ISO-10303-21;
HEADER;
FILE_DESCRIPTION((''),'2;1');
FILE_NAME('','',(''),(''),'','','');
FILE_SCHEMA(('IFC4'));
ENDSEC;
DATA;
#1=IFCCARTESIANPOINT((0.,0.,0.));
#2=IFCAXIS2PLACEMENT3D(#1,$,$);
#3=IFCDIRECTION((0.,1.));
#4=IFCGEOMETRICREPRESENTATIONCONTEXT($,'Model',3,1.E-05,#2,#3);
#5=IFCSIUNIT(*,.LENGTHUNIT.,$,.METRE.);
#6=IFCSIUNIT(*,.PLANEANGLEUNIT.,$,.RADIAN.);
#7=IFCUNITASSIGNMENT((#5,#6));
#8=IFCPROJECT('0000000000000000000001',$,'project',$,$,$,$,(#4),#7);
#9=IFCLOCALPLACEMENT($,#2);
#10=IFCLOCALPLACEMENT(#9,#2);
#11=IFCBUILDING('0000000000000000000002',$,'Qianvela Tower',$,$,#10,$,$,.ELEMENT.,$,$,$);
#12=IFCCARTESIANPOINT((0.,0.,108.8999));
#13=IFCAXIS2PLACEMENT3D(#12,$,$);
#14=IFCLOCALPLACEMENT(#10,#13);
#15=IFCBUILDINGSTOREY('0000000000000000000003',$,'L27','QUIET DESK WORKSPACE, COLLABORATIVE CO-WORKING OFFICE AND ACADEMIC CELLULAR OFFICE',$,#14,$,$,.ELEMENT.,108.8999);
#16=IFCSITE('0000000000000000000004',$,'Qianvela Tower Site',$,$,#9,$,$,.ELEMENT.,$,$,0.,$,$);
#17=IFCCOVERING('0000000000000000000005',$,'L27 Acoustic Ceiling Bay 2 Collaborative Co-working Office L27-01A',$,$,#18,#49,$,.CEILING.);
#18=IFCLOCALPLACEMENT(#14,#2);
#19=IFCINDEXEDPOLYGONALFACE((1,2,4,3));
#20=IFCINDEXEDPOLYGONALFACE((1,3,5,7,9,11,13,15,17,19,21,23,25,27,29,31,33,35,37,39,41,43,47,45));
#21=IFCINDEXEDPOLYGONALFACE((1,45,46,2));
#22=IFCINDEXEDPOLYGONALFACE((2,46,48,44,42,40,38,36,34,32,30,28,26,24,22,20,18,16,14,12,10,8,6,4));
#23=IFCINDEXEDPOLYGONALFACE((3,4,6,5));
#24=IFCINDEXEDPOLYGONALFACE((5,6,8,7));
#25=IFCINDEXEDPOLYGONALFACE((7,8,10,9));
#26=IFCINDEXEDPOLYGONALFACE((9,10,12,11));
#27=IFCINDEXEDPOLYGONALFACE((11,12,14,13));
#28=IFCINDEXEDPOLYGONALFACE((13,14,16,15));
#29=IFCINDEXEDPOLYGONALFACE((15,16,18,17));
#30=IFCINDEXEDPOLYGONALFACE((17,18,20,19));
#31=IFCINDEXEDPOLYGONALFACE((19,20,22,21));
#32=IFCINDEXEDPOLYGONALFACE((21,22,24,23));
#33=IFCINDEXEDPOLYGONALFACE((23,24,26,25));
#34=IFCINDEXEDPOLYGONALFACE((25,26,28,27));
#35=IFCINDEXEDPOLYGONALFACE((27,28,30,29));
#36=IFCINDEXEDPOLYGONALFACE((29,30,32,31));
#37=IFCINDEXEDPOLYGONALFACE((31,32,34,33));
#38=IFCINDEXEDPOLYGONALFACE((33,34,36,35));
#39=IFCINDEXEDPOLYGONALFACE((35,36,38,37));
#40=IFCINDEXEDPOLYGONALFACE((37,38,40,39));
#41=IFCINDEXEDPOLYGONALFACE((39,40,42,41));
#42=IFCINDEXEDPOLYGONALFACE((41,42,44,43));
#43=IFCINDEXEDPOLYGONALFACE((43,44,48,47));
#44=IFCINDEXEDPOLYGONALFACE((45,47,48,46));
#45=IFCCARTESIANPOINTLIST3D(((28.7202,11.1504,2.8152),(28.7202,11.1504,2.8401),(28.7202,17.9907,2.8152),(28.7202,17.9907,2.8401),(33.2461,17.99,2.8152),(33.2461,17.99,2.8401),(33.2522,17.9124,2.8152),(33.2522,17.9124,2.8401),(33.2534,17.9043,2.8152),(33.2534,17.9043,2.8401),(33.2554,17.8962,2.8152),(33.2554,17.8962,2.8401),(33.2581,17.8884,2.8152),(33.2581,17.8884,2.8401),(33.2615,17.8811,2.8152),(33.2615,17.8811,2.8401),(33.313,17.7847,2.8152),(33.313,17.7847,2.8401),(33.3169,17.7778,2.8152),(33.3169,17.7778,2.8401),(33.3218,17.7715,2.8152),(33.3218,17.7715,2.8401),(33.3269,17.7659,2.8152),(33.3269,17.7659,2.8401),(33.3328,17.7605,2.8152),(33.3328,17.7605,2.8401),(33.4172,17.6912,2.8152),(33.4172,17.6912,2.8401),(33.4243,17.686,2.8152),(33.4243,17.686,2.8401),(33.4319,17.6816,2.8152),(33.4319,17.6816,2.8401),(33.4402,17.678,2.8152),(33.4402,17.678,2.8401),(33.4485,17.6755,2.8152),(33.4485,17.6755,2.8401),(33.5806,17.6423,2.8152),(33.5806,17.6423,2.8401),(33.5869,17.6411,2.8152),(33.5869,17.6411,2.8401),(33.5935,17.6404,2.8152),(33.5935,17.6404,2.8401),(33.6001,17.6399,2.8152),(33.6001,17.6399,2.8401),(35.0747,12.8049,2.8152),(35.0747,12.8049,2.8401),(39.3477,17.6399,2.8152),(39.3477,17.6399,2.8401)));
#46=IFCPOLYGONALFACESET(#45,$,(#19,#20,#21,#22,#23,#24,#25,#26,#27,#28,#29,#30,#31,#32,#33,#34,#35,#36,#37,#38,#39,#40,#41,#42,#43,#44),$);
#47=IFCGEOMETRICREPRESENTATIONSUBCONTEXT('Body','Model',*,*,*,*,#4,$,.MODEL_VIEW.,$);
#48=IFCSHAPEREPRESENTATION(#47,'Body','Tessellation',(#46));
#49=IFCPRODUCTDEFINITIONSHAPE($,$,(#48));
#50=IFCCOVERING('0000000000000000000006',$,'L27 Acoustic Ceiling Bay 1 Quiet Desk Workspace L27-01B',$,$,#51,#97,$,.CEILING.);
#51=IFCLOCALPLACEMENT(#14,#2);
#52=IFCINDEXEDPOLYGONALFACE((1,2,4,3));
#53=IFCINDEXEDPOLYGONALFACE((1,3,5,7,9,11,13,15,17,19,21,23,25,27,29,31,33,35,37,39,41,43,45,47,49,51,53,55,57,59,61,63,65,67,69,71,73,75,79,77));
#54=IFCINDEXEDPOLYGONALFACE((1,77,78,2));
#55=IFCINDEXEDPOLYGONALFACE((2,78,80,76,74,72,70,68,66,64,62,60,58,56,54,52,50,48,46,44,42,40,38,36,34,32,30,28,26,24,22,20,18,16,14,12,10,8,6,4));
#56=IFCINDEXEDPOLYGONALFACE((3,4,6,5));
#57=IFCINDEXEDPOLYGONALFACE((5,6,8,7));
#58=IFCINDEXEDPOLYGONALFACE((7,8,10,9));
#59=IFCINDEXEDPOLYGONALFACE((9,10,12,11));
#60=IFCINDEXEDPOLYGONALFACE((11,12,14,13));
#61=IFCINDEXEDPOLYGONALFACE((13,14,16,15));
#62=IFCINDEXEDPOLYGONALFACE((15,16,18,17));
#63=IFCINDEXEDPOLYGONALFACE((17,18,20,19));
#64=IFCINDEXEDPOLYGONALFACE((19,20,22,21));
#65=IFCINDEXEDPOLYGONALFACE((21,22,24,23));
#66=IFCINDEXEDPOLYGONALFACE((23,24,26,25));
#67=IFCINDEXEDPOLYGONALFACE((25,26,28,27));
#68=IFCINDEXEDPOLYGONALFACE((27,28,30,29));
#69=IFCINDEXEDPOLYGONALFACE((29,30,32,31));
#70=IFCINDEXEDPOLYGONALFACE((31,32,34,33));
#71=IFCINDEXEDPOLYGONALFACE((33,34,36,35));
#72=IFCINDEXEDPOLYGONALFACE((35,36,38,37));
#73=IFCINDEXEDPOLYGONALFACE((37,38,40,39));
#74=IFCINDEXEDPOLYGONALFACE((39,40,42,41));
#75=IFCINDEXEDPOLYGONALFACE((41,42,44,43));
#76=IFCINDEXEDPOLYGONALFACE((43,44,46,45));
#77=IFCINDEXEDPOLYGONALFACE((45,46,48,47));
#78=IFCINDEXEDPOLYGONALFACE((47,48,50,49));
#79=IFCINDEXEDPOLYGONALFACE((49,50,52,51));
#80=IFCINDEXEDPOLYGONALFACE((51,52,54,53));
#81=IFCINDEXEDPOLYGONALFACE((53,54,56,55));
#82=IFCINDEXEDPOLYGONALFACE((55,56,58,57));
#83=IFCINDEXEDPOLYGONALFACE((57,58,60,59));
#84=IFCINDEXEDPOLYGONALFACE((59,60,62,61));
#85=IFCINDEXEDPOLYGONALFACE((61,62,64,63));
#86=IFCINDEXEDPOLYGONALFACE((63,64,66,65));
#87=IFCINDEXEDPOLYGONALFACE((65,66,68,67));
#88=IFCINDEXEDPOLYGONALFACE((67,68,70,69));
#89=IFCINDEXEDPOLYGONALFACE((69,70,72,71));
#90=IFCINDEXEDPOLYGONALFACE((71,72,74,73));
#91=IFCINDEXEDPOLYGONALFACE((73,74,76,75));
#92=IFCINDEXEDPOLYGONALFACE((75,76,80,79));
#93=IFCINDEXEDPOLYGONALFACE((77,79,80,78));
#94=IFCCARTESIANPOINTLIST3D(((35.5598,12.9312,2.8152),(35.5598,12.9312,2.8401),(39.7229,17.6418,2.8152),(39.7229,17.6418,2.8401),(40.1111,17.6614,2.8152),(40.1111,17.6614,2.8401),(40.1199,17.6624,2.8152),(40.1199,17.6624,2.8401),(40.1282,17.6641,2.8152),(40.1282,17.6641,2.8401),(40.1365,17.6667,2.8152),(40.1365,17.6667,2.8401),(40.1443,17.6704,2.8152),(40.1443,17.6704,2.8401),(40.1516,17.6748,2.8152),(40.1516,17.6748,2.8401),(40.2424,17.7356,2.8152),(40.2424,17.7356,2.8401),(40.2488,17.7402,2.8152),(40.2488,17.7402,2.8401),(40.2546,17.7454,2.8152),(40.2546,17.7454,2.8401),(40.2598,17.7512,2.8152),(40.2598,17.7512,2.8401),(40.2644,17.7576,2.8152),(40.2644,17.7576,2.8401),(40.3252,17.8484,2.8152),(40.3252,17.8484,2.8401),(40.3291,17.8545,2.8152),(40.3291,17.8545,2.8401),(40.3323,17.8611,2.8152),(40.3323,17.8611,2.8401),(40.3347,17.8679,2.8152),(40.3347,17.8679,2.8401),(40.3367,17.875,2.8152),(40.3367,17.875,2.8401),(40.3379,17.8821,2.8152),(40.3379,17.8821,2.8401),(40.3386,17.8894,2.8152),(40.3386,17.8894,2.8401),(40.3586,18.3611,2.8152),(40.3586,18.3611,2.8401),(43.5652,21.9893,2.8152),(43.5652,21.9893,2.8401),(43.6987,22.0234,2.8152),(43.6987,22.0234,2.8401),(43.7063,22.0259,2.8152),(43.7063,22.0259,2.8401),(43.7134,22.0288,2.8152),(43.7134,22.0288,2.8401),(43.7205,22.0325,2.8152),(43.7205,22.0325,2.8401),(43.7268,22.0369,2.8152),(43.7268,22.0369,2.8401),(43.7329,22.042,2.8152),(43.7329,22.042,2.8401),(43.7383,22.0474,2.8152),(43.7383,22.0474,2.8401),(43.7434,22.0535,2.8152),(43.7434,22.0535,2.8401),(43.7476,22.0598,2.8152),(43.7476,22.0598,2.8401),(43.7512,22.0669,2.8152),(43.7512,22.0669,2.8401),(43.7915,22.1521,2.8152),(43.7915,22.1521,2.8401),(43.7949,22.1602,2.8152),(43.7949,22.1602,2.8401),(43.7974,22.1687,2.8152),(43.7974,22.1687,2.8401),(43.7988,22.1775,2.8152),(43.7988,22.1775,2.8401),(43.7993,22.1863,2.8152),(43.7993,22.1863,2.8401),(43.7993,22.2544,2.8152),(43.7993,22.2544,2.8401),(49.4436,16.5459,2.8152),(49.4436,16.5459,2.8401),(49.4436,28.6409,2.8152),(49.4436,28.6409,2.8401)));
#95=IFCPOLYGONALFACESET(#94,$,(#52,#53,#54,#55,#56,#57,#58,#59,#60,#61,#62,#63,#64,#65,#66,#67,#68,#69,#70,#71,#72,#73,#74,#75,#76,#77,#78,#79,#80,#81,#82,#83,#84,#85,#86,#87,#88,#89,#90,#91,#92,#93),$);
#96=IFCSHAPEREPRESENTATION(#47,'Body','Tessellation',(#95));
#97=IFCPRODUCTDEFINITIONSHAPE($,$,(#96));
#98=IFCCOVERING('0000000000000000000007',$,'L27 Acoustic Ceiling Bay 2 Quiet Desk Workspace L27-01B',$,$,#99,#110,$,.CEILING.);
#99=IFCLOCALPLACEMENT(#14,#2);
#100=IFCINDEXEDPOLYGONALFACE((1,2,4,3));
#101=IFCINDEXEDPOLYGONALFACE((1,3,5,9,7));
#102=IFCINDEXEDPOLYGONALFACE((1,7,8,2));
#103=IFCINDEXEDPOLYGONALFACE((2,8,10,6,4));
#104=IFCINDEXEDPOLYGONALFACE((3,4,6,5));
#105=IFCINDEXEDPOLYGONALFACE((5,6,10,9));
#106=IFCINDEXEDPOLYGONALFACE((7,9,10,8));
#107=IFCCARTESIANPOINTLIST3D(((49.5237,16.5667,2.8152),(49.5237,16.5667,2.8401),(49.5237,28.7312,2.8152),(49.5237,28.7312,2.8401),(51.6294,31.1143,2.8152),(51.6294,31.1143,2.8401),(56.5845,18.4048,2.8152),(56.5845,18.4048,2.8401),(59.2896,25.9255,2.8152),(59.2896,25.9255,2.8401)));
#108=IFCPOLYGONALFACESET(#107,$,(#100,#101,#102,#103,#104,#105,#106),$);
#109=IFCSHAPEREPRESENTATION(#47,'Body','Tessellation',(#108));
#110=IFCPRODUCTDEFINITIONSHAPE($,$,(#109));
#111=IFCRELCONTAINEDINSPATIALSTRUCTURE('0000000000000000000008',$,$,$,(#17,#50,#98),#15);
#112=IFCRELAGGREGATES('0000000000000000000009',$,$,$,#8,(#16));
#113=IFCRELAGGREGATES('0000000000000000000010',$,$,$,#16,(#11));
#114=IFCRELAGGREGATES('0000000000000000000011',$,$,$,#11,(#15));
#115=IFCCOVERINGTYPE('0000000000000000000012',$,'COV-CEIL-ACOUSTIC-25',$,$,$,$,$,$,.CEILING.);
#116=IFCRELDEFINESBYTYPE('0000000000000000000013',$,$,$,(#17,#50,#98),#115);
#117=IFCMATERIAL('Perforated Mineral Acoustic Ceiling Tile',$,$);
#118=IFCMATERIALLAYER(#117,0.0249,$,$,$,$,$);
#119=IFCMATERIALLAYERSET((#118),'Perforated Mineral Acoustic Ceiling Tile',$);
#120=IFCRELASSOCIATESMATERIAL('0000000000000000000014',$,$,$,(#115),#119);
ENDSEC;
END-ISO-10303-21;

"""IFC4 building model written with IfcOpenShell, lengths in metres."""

from ifc_helpers import new_model, si_unit, direction, frame, origin, place, context, subcontext, project, spatial, polyline, outline, extrude, material, layer, layer_set, type_object, element, save


model = new_model("IFC4")

# Units and contexts
model_context = context("Model", 3, precision=1e-05, world=origin(), true_north=direction((0.0, 1.0)))
body_context = subcontext(model_context, "Body", "Model", "MODEL_VIEW")
ifc_project = project(units=[si_unit("LENGTHUNIT", "METRE"), si_unit("PLANEANGLEUNIT", "RADIAN")], contexts=[model_context])

# Site, building, storey
site_placement = place(None, origin())
site = spatial("IfcSite", under=ifc_project, at=site_placement, Name="Qianvela Tower Site", CompositionType="ELEMENT", RefElevation=0.0)
building_placement = place(site_placement, origin())
building = spatial("IfcBuilding", under=site, at=building_placement, Name="Qianvela Tower", CompositionType="ELEMENT")
storey_placement = place(building_placement, frame((0.0, 0.0, 108.8999)))
storey = spatial("IfcBuildingStorey", under=building, at=storey_placement, Name="L27", Description="QUIET DESK WORKSPACE, COLLABORATIVE CO-WORKING OFFICE AND ACADEMIC CELLULAR OFFICE", CompositionType="ELEMENT", Elevation=108.8999)

# Coverings
ifc_material_1 = material(Name="Perforated Mineral Acoustic Ceiling Tile")
ifc_layer_1 = layer(ifc_material_1, 0.0249)
ifc_layer_set_1 = layer_set([ifc_layer_1], Name="Perforated Mineral Acoustic Ceiling Tile")
covering_type_1 = type_object("IfcCoveringType", Name="COV-CEIL-ACOUSTIC-25", PredefinedType="CEILING", material=ifc_layer_set_1)
covering_1_placement = place(storey_placement, frame((0.0, 0.0, 2.8152)))
element("IfcCovering", 1, at=covering_1_placement, inside=storey, type_object=covering_type_1, Name="L27 Acoustic Ceiling Bay 2 Collaborative Co-working Office L27-01A", PredefinedType="CEILING", context=body_context, shape_type="SweptSolid", body=[
    extrude(outline(polyline([(33.2461, 17.99), (33.2522, 17.9124), (33.2534, 17.9043), (33.2554, 17.8962), (33.2581, 17.8884), (33.2615, 17.8811), (33.313, 17.7847), (33.3169, 17.7778), (33.3218, 17.7715), (33.3269, 17.7659), (33.3328, 17.7605), (33.4172, 17.6912), (33.4243, 17.686), (33.4319, 17.6816), (33.4402, 17.678), (33.4485, 17.6755), (33.5806, 17.6423), (33.5869, 17.6411), (33.5935, 17.6404), (33.6001, 17.6399), (39.3477, 17.6399), (35.0747, 12.8049), (28.7202, 11.1504), (28.7202, 17.9907), (33.2461, 17.99)])), origin(), (0.0, 0.0, 1.0), 0.0249),
])
covering_2_placement = place(storey_placement, frame((0.0, 0.0, 2.8152)))
element("IfcCovering", 2, at=covering_2_placement, inside=storey, type_object=covering_type_1, Name="L27 Acoustic Ceiling Bay 1 Quiet Desk Workspace L27-01B", PredefinedType="CEILING", context=body_context, shape_type="SweptSolid", body=[
    extrude(outline(polyline([(40.1199, 17.6624), (40.1282, 17.6641), (40.1365, 17.6667), (40.1443, 17.6704), (40.1516, 17.6748), (40.2424, 17.7356), (40.2488, 17.7402), (40.2546, 17.7454), (40.2598, 17.7512), (40.2644, 17.7576), (40.3252, 17.8484), (40.3291, 17.8545), (40.3323, 17.8611), (40.3347, 17.8679), (40.3367, 17.875), (40.3379, 17.8821), (40.3386, 17.8894), (40.3586, 18.3611), (43.5652, 21.9893), (43.6987, 22.0234), (43.7063, 22.0259), (43.7134, 22.0288), (43.7205, 22.0325), (43.7268, 22.0369), (43.7329, 22.042), (43.7383, 22.0474), (43.7434, 22.0535), (43.7476, 22.0598), (43.7512, 22.0669), (43.7915, 22.1521), (43.7949, 22.1602), (43.7974, 22.1687), (43.7988, 22.1775), (43.7993, 22.1863), (43.7993, 22.2544), (49.4436, 28.6409), (49.4436, 16.5459), (35.5598, 12.9312), (39.7229, 17.6418), (40.1111, 17.6614), (40.1199, 17.6624)])), origin(), (0.0, 0.0, 1.0), 0.0249),
])
covering_3_placement = place(storey_placement, frame((0.0, 0.0, 2.8152)))
element("IfcCovering", 3, at=covering_3_placement, inside=storey, type_object=covering_type_1, Name="L27 Acoustic Ceiling Bay 2 Quiet Desk Workspace L27-01B", PredefinedType="CEILING", context=body_context, shape_type="SweptSolid", body=[
    extrude(outline(polyline([(51.6294, 31.1143), (59.2896, 25.9255), (56.5845, 18.4048), (49.5237, 16.5667), (49.5237, 28.7312), (51.6294, 31.1143)])), origin(), (0.0, 0.0, 1.0), 0.0249),
])

save(model, "model.ifc")
